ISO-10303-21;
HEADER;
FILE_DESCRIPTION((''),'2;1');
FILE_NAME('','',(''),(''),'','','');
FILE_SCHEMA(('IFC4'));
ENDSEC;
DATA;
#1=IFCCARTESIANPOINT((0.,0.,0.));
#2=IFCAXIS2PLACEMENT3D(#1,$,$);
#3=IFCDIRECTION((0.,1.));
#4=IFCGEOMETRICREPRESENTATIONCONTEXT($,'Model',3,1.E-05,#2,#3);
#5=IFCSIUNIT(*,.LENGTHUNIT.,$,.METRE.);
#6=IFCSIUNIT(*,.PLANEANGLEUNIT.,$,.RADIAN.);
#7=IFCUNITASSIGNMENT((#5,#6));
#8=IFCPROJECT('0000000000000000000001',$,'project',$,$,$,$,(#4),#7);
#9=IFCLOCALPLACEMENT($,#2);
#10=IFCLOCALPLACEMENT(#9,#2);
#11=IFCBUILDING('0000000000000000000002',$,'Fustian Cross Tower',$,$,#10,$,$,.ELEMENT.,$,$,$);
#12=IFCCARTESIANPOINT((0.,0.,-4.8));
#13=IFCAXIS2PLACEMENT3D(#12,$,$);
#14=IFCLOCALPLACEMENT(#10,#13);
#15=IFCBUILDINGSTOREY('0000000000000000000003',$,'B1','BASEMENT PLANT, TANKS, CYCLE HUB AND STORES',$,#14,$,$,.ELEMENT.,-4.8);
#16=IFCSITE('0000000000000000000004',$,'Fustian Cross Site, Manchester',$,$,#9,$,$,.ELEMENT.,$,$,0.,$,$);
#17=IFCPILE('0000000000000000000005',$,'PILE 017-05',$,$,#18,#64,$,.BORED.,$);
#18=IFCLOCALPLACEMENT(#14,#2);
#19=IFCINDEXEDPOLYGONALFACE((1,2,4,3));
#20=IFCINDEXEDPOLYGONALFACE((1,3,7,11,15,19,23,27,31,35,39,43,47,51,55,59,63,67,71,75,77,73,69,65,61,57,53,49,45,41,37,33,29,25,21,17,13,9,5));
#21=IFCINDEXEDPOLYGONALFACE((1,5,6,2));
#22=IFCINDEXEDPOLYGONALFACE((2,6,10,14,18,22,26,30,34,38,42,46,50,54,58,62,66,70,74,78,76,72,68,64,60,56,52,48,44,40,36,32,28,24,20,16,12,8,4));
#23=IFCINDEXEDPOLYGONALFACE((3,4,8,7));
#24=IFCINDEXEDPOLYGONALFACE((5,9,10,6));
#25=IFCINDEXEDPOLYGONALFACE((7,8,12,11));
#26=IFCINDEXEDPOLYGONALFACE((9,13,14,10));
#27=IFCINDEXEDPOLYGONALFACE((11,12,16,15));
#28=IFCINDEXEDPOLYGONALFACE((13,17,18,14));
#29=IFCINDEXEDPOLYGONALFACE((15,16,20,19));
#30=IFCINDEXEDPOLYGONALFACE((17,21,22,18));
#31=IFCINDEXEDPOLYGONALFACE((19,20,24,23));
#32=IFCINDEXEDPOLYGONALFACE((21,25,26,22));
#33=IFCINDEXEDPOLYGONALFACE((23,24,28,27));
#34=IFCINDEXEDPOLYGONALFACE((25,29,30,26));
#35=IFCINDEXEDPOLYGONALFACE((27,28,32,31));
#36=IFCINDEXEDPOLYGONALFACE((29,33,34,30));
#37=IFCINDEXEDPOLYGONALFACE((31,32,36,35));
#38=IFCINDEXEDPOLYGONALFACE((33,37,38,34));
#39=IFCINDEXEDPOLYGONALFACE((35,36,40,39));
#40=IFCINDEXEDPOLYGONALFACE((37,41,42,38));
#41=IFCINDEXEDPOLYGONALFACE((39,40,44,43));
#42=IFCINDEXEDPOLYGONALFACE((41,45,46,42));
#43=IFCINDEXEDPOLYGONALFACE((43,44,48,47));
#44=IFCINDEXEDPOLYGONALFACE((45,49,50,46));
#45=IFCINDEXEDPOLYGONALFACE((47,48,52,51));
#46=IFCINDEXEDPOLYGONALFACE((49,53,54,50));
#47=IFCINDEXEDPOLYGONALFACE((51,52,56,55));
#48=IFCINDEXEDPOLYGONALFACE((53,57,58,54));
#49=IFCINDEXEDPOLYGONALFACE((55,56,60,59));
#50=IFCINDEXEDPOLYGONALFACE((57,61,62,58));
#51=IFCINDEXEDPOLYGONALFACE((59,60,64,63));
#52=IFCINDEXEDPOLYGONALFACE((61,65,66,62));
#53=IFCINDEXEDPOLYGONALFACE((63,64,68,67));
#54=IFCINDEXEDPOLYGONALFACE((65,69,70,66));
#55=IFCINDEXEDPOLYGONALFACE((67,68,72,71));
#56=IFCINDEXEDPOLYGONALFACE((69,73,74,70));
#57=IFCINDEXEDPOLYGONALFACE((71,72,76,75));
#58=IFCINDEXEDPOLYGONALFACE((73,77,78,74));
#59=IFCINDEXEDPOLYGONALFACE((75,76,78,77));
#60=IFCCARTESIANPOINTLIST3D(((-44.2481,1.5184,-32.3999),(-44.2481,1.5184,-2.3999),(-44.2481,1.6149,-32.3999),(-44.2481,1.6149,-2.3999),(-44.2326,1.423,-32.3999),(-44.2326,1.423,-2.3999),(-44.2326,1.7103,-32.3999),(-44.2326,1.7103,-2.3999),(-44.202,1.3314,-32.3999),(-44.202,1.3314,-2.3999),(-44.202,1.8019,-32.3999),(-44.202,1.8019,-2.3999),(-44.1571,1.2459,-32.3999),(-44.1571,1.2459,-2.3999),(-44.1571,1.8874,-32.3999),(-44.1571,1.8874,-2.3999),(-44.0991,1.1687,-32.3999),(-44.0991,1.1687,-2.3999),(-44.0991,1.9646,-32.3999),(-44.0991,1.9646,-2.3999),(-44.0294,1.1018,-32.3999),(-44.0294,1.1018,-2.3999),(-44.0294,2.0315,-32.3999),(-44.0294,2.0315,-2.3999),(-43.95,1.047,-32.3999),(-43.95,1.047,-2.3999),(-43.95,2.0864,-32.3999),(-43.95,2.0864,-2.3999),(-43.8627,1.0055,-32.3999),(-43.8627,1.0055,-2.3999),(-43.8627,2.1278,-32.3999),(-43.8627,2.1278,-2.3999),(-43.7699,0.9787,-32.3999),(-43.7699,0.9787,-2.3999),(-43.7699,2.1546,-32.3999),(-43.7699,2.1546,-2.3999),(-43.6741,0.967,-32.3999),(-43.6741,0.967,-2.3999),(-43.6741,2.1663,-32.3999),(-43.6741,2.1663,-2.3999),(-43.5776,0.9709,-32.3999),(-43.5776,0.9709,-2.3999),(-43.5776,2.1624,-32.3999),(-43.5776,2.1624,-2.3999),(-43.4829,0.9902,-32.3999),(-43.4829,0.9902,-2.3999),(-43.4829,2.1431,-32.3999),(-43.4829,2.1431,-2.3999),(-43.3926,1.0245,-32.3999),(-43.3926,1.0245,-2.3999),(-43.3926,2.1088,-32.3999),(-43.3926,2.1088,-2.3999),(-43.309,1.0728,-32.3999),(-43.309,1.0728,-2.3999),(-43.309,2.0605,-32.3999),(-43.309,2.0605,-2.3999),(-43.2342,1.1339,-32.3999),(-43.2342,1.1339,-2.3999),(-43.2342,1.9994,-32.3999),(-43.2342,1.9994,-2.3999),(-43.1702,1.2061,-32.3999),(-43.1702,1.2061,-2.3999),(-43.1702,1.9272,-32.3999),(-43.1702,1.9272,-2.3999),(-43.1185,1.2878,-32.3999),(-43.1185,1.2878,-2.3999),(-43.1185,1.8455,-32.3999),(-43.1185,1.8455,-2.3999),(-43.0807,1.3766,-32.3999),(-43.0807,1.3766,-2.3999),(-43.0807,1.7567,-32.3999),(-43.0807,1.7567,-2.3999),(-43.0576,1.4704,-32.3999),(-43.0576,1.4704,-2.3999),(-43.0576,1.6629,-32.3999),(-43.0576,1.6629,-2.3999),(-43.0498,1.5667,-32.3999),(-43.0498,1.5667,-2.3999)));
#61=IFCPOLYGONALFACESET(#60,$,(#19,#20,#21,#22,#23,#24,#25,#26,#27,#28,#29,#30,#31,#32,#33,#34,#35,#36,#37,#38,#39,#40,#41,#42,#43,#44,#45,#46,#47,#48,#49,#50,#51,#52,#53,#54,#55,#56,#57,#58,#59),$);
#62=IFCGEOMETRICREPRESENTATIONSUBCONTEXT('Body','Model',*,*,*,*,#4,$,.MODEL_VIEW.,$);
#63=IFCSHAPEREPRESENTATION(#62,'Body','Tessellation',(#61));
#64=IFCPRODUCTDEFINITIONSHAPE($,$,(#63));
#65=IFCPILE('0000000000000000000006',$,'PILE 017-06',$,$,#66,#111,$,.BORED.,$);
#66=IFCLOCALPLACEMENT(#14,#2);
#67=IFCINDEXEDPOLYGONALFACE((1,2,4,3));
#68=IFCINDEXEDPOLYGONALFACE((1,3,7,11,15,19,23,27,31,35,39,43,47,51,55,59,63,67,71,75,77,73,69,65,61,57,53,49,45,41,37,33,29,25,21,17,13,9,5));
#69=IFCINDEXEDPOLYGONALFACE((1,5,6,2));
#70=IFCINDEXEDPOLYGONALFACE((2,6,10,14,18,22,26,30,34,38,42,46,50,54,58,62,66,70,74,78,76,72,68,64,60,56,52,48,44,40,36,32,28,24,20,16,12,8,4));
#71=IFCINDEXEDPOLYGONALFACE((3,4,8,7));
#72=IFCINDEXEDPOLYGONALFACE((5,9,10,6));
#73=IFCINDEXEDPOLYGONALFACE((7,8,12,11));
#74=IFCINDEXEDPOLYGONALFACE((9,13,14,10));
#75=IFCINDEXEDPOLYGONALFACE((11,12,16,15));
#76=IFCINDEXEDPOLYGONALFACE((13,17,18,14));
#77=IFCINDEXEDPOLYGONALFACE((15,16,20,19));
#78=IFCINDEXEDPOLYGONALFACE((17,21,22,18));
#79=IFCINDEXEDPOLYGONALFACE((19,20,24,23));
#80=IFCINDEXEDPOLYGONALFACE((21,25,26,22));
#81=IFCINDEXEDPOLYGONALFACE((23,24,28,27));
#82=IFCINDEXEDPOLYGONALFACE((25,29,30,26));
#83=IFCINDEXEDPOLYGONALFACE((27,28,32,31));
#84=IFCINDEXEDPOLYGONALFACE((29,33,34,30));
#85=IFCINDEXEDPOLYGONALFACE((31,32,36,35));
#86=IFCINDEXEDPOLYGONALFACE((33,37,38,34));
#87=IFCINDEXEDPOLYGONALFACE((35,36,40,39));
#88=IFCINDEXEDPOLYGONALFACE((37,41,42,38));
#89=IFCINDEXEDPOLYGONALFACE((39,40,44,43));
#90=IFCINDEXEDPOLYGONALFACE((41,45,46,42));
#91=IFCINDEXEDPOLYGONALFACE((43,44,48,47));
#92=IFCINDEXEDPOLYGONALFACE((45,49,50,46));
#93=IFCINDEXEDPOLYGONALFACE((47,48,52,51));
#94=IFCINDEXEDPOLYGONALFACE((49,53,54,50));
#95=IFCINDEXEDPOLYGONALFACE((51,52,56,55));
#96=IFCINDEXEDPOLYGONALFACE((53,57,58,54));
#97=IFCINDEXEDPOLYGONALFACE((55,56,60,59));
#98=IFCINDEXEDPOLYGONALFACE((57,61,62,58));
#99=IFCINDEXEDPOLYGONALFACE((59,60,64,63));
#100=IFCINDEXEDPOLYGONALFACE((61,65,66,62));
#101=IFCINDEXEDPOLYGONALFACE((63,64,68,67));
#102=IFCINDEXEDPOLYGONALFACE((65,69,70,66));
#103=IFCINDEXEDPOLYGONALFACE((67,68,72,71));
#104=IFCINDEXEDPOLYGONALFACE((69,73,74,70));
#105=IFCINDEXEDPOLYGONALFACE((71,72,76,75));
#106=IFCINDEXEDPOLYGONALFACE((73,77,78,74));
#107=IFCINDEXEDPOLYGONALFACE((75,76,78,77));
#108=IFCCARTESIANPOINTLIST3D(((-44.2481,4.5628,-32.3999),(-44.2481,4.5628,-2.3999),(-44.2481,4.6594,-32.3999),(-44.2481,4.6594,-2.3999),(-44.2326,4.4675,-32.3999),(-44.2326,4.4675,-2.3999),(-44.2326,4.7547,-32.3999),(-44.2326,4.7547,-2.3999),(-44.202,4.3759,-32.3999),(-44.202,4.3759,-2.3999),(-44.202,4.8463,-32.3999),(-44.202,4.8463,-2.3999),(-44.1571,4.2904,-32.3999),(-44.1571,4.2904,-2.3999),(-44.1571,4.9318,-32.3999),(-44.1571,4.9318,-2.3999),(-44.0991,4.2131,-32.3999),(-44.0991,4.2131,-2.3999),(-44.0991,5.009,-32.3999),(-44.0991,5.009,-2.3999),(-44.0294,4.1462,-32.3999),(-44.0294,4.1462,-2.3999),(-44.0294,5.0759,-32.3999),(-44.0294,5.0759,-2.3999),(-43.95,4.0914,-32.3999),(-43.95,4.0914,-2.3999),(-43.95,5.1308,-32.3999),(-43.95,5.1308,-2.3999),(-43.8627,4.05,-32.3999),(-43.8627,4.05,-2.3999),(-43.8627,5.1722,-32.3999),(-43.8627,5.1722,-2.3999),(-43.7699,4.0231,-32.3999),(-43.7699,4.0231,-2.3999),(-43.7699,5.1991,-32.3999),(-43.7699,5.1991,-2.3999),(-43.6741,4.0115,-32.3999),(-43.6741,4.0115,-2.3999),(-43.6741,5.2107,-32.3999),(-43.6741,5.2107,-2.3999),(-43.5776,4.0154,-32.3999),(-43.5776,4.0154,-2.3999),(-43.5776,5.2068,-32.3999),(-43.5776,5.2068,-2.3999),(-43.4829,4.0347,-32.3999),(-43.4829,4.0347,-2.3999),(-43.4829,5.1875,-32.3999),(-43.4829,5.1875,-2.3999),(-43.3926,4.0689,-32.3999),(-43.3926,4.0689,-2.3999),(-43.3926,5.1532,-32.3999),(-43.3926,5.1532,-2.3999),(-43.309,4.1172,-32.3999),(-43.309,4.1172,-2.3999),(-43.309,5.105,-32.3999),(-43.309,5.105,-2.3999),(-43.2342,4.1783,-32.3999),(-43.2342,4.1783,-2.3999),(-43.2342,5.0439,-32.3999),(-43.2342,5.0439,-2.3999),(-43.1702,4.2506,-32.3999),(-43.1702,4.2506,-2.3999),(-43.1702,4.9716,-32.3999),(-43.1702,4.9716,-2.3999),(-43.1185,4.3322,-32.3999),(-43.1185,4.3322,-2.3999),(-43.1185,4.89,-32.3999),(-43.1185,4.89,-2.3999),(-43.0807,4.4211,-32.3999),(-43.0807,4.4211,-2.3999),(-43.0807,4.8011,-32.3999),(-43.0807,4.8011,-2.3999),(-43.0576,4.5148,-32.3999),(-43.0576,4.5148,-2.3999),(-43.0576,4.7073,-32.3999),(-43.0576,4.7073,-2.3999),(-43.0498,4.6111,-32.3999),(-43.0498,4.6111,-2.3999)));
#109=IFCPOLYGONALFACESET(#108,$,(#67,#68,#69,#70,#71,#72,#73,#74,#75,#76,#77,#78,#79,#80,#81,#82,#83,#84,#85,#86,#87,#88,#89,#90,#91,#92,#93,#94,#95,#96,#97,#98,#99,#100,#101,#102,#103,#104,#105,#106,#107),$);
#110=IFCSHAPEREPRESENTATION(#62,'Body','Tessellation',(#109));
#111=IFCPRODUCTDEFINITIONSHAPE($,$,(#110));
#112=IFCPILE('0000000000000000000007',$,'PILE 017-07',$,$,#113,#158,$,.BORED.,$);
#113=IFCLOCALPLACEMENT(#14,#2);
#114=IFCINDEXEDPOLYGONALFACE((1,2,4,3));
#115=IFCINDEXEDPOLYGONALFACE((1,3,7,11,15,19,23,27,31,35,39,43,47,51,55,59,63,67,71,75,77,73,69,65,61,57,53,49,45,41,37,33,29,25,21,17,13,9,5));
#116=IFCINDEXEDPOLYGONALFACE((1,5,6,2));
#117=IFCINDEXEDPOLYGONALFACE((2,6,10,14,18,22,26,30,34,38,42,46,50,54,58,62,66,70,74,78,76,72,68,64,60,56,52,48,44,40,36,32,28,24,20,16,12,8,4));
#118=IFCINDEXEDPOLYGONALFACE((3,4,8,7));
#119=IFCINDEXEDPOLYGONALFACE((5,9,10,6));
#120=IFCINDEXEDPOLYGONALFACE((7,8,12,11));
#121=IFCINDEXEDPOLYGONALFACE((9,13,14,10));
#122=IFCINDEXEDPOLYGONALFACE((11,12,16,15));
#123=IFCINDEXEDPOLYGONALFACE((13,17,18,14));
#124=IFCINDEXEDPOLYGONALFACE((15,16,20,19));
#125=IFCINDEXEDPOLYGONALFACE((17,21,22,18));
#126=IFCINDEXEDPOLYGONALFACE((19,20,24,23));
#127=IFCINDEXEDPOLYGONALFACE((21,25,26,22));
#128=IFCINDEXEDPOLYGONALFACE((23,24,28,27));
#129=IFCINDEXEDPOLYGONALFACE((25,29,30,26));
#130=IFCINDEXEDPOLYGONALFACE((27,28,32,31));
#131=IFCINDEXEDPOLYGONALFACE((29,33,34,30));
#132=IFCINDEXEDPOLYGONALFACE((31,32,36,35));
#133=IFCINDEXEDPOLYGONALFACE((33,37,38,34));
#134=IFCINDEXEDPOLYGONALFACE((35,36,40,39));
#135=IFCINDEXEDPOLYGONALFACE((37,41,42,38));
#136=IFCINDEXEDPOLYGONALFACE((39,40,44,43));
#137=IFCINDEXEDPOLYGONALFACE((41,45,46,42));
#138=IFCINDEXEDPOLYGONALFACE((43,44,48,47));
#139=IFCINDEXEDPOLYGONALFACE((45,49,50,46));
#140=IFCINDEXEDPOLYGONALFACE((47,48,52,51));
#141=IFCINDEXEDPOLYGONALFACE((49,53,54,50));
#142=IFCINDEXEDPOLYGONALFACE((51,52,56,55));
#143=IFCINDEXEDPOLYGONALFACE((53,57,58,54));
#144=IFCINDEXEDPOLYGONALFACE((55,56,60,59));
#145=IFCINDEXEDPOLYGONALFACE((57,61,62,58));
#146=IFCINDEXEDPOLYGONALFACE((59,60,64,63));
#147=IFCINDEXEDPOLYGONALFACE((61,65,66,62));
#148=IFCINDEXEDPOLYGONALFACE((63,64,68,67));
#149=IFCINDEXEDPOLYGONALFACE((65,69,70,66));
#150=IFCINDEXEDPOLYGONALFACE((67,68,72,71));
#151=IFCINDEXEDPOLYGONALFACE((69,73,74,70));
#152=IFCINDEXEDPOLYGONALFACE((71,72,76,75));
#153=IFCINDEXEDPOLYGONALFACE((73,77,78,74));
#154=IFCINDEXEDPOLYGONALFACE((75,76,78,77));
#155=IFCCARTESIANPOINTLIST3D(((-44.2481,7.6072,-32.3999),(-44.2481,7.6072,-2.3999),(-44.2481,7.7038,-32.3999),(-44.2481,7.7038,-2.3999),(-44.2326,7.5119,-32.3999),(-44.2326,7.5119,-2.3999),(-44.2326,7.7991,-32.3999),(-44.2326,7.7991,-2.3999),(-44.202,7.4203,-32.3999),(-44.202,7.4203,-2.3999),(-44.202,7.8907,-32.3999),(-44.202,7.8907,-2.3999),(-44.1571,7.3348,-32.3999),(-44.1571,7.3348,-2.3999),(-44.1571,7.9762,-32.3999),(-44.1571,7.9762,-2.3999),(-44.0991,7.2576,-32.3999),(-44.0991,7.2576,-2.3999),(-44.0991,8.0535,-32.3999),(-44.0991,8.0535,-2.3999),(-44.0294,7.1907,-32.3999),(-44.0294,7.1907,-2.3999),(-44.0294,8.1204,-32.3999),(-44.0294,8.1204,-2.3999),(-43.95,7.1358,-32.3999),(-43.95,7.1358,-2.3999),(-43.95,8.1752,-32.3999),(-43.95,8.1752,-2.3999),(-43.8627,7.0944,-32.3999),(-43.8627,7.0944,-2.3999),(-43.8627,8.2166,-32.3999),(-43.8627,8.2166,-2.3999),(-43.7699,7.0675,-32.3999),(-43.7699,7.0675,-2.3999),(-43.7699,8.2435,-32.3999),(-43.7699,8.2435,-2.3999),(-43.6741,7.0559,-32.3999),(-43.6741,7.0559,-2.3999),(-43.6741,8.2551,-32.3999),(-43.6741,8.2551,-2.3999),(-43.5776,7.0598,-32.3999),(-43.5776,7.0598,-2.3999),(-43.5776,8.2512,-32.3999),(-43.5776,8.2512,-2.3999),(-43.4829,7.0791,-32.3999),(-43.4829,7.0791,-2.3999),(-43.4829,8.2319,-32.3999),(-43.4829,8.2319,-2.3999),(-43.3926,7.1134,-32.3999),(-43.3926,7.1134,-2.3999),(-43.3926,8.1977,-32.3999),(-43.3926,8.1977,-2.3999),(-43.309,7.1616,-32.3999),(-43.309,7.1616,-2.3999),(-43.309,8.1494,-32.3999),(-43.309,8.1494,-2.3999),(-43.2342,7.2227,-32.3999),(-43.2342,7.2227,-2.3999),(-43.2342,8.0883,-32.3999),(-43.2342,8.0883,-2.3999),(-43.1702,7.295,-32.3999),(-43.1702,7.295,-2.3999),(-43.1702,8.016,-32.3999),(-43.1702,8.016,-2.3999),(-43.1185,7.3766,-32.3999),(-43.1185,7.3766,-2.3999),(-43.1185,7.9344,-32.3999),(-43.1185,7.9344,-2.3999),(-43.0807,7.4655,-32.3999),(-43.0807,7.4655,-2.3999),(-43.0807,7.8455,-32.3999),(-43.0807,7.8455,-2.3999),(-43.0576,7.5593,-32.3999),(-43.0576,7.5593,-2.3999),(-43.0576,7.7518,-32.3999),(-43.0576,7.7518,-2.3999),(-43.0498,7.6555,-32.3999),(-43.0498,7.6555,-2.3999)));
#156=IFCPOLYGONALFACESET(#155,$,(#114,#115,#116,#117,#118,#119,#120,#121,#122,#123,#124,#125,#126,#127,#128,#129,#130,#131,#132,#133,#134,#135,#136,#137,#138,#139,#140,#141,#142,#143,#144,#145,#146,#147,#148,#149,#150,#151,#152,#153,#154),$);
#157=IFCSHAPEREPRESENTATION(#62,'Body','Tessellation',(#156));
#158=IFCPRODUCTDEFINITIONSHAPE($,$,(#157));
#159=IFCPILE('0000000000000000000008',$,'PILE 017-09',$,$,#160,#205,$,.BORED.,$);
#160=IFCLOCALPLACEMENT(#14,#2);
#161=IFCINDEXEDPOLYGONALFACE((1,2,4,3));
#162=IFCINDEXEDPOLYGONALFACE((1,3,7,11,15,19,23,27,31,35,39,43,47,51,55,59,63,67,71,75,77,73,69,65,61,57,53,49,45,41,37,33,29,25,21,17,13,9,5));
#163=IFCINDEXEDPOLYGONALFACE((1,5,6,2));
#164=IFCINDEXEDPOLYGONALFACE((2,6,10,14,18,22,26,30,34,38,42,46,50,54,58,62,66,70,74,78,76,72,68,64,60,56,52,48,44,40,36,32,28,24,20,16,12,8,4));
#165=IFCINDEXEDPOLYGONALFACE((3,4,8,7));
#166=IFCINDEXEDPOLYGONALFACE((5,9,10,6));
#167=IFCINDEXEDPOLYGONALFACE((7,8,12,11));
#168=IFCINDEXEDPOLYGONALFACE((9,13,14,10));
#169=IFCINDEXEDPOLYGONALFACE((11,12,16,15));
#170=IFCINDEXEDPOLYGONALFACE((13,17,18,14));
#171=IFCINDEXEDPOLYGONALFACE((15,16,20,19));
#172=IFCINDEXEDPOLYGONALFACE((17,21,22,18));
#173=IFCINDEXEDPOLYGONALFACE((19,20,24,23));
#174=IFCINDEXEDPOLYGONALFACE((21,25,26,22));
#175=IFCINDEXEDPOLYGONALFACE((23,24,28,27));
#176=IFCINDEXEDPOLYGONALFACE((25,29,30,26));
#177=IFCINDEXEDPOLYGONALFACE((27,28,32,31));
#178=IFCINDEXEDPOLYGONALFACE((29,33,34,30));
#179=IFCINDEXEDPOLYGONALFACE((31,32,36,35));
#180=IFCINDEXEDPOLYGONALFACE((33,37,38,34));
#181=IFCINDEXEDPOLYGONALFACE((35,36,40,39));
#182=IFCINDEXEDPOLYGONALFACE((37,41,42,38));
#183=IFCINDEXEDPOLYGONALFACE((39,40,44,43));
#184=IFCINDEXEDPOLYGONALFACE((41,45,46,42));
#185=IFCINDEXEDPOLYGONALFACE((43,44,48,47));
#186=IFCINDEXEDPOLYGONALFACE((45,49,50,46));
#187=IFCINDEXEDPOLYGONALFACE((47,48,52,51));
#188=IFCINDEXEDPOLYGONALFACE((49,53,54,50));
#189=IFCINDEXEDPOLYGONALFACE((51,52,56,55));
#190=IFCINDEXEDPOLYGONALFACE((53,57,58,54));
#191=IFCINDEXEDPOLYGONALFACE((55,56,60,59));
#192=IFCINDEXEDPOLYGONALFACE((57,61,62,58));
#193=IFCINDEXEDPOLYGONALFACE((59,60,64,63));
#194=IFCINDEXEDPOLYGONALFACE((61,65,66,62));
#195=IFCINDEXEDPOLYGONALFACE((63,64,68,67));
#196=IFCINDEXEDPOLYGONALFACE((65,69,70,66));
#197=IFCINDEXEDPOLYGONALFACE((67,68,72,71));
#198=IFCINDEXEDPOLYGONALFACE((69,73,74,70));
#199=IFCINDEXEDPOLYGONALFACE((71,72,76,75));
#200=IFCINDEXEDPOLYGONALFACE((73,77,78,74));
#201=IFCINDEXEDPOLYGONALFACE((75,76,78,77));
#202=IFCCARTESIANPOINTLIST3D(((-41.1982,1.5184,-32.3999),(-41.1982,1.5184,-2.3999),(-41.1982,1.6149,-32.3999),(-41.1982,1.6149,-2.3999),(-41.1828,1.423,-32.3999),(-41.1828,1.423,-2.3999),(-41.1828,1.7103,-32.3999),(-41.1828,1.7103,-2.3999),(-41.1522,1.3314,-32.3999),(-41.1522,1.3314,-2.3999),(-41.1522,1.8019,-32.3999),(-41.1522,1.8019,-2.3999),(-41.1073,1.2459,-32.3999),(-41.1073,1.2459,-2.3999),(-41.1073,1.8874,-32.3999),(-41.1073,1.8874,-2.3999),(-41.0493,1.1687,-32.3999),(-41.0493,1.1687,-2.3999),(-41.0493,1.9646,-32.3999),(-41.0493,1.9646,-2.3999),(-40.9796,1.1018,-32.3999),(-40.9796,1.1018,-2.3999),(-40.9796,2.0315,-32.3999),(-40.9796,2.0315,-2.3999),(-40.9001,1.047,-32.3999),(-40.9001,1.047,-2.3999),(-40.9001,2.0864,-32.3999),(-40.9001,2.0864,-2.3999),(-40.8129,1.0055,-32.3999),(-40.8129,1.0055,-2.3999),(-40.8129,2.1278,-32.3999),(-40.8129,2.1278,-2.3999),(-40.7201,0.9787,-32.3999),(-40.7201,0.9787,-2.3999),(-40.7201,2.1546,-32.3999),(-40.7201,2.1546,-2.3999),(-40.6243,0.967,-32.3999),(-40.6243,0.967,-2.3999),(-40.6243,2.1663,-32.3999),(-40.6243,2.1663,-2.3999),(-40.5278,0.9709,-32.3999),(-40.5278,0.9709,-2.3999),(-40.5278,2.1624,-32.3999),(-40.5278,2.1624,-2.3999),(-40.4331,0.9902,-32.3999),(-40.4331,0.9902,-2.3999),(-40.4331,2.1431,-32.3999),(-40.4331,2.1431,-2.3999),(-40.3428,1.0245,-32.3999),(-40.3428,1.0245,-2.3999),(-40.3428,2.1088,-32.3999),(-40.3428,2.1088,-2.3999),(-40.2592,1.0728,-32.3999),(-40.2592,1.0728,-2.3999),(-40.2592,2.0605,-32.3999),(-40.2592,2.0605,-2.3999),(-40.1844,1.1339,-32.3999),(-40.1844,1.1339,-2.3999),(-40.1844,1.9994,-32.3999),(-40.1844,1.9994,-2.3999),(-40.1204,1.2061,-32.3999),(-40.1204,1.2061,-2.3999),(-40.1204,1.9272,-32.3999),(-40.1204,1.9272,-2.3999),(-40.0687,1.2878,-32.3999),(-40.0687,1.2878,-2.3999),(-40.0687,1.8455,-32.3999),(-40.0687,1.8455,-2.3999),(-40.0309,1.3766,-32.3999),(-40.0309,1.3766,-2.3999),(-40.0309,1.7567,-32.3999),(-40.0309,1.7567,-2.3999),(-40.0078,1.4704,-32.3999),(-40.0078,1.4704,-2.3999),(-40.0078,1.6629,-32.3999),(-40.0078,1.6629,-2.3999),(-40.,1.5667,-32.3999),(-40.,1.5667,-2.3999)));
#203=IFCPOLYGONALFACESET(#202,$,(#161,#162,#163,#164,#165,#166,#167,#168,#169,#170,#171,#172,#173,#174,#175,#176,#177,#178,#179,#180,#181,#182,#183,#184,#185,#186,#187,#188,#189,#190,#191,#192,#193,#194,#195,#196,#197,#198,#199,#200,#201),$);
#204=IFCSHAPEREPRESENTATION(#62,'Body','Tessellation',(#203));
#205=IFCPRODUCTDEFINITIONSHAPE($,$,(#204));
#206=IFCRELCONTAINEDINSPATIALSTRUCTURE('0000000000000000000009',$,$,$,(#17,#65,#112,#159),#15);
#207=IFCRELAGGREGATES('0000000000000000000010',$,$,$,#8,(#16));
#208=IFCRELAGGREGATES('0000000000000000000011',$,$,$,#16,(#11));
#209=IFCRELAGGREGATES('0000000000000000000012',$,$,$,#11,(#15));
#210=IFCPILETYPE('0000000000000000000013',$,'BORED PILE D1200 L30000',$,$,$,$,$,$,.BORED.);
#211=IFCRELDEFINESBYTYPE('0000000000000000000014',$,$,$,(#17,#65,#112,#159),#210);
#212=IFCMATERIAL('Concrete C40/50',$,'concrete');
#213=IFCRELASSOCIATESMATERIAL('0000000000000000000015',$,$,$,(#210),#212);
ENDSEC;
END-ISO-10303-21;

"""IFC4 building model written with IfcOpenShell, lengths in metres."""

from ifc_helpers import new_model, si_unit, direction, frame, origin, origin_2d, place, context, subcontext, project, spatial, circle, extrude, material, material_profile, profile_set, type_object, element, save


model = new_model("IFC4")

# Units and contexts
model_context = context("Model", 3, precision=1e-05, world=origin(), true_north=direction((0.0, 1.0)))
body_context = subcontext(model_context, "Body", "Model", "MODEL_VIEW")
ifc_project = project(units=[si_unit("LENGTHUNIT", "METRE"), si_unit("PLANEANGLEUNIT", "RADIAN")], contexts=[model_context])

# Site, building, storey
site_placement = place(None, origin())
site = spatial("IfcSite", under=ifc_project, at=site_placement, Name="Fustian Cross Site, Manchester", CompositionType="ELEMENT", RefElevation=0.0)
building_placement = place(site_placement, origin())
building = spatial("IfcBuilding", under=site, at=building_placement, Name="Fustian Cross Tower", CompositionType="ELEMENT")
storey_placement = place(building_placement, frame((0.0, 0.0, -4.8)))
storey = spatial("IfcBuildingStorey", under=building, at=storey_placement, Name="B1", Description="BASEMENT PLANT, TANKS, CYCLE HUB AND STORES", CompositionType="ELEMENT", Elevation=-4.8)

# Piles
ifc_material_1 = material(Name="Concrete C40/50", Category="concrete")
ifc_material_profile_1 = material_profile(ifc_material_1, circle(Radius=0.6001, at=origin_2d()), Name="BORED PILE D1200 L30000")
ifc_profile_set_1 = profile_set([ifc_material_profile_1], Name="Concrete C40/50")
pile_type_1 = type_object("IfcPileType", Name="BORED PILE D1200 L30000", PredefinedType="BORED", material=ifc_profile_set_1)
for number, where, z_axis, x_axis, name in (
    (1, (-43.6499, 1.5667, -2.3999), (0.0, 0.0, -1.0), (1.0, 0.0, 0.0), "PILE 017-05"),
    (2, (-43.6499, 4.6111, -2.3999), (0.0, 0.0, -1.0), (1.0, 0.0, 0.0), "PILE 017-06"),
    (3, (-43.6499, 7.6555, -2.3999), (0.0, 0.0, -1.0), (1.0, 0.0, 0.0), "PILE 017-07"),
    (4, (-40.6001, 1.5667, -2.3999), (0.0, 0.0, -1.0), (1.0, 0.0, 0.0), "PILE 017-09"),
):
    element("IfcPile", number, at=place(storey_placement, frame(where, z_axis=z_axis, x_axis=x_axis)), inside=storey, type_object=pile_type_1, Name=name, PredefinedType="BORED", context=body_context, shape_type="SweptSolid", body=[
        extrude(circle(Radius=0.6001, at=origin_2d()), origin(), (0.0, 0.0, 1.0), 30.0),
    ])

save(model, "model.ifc")
